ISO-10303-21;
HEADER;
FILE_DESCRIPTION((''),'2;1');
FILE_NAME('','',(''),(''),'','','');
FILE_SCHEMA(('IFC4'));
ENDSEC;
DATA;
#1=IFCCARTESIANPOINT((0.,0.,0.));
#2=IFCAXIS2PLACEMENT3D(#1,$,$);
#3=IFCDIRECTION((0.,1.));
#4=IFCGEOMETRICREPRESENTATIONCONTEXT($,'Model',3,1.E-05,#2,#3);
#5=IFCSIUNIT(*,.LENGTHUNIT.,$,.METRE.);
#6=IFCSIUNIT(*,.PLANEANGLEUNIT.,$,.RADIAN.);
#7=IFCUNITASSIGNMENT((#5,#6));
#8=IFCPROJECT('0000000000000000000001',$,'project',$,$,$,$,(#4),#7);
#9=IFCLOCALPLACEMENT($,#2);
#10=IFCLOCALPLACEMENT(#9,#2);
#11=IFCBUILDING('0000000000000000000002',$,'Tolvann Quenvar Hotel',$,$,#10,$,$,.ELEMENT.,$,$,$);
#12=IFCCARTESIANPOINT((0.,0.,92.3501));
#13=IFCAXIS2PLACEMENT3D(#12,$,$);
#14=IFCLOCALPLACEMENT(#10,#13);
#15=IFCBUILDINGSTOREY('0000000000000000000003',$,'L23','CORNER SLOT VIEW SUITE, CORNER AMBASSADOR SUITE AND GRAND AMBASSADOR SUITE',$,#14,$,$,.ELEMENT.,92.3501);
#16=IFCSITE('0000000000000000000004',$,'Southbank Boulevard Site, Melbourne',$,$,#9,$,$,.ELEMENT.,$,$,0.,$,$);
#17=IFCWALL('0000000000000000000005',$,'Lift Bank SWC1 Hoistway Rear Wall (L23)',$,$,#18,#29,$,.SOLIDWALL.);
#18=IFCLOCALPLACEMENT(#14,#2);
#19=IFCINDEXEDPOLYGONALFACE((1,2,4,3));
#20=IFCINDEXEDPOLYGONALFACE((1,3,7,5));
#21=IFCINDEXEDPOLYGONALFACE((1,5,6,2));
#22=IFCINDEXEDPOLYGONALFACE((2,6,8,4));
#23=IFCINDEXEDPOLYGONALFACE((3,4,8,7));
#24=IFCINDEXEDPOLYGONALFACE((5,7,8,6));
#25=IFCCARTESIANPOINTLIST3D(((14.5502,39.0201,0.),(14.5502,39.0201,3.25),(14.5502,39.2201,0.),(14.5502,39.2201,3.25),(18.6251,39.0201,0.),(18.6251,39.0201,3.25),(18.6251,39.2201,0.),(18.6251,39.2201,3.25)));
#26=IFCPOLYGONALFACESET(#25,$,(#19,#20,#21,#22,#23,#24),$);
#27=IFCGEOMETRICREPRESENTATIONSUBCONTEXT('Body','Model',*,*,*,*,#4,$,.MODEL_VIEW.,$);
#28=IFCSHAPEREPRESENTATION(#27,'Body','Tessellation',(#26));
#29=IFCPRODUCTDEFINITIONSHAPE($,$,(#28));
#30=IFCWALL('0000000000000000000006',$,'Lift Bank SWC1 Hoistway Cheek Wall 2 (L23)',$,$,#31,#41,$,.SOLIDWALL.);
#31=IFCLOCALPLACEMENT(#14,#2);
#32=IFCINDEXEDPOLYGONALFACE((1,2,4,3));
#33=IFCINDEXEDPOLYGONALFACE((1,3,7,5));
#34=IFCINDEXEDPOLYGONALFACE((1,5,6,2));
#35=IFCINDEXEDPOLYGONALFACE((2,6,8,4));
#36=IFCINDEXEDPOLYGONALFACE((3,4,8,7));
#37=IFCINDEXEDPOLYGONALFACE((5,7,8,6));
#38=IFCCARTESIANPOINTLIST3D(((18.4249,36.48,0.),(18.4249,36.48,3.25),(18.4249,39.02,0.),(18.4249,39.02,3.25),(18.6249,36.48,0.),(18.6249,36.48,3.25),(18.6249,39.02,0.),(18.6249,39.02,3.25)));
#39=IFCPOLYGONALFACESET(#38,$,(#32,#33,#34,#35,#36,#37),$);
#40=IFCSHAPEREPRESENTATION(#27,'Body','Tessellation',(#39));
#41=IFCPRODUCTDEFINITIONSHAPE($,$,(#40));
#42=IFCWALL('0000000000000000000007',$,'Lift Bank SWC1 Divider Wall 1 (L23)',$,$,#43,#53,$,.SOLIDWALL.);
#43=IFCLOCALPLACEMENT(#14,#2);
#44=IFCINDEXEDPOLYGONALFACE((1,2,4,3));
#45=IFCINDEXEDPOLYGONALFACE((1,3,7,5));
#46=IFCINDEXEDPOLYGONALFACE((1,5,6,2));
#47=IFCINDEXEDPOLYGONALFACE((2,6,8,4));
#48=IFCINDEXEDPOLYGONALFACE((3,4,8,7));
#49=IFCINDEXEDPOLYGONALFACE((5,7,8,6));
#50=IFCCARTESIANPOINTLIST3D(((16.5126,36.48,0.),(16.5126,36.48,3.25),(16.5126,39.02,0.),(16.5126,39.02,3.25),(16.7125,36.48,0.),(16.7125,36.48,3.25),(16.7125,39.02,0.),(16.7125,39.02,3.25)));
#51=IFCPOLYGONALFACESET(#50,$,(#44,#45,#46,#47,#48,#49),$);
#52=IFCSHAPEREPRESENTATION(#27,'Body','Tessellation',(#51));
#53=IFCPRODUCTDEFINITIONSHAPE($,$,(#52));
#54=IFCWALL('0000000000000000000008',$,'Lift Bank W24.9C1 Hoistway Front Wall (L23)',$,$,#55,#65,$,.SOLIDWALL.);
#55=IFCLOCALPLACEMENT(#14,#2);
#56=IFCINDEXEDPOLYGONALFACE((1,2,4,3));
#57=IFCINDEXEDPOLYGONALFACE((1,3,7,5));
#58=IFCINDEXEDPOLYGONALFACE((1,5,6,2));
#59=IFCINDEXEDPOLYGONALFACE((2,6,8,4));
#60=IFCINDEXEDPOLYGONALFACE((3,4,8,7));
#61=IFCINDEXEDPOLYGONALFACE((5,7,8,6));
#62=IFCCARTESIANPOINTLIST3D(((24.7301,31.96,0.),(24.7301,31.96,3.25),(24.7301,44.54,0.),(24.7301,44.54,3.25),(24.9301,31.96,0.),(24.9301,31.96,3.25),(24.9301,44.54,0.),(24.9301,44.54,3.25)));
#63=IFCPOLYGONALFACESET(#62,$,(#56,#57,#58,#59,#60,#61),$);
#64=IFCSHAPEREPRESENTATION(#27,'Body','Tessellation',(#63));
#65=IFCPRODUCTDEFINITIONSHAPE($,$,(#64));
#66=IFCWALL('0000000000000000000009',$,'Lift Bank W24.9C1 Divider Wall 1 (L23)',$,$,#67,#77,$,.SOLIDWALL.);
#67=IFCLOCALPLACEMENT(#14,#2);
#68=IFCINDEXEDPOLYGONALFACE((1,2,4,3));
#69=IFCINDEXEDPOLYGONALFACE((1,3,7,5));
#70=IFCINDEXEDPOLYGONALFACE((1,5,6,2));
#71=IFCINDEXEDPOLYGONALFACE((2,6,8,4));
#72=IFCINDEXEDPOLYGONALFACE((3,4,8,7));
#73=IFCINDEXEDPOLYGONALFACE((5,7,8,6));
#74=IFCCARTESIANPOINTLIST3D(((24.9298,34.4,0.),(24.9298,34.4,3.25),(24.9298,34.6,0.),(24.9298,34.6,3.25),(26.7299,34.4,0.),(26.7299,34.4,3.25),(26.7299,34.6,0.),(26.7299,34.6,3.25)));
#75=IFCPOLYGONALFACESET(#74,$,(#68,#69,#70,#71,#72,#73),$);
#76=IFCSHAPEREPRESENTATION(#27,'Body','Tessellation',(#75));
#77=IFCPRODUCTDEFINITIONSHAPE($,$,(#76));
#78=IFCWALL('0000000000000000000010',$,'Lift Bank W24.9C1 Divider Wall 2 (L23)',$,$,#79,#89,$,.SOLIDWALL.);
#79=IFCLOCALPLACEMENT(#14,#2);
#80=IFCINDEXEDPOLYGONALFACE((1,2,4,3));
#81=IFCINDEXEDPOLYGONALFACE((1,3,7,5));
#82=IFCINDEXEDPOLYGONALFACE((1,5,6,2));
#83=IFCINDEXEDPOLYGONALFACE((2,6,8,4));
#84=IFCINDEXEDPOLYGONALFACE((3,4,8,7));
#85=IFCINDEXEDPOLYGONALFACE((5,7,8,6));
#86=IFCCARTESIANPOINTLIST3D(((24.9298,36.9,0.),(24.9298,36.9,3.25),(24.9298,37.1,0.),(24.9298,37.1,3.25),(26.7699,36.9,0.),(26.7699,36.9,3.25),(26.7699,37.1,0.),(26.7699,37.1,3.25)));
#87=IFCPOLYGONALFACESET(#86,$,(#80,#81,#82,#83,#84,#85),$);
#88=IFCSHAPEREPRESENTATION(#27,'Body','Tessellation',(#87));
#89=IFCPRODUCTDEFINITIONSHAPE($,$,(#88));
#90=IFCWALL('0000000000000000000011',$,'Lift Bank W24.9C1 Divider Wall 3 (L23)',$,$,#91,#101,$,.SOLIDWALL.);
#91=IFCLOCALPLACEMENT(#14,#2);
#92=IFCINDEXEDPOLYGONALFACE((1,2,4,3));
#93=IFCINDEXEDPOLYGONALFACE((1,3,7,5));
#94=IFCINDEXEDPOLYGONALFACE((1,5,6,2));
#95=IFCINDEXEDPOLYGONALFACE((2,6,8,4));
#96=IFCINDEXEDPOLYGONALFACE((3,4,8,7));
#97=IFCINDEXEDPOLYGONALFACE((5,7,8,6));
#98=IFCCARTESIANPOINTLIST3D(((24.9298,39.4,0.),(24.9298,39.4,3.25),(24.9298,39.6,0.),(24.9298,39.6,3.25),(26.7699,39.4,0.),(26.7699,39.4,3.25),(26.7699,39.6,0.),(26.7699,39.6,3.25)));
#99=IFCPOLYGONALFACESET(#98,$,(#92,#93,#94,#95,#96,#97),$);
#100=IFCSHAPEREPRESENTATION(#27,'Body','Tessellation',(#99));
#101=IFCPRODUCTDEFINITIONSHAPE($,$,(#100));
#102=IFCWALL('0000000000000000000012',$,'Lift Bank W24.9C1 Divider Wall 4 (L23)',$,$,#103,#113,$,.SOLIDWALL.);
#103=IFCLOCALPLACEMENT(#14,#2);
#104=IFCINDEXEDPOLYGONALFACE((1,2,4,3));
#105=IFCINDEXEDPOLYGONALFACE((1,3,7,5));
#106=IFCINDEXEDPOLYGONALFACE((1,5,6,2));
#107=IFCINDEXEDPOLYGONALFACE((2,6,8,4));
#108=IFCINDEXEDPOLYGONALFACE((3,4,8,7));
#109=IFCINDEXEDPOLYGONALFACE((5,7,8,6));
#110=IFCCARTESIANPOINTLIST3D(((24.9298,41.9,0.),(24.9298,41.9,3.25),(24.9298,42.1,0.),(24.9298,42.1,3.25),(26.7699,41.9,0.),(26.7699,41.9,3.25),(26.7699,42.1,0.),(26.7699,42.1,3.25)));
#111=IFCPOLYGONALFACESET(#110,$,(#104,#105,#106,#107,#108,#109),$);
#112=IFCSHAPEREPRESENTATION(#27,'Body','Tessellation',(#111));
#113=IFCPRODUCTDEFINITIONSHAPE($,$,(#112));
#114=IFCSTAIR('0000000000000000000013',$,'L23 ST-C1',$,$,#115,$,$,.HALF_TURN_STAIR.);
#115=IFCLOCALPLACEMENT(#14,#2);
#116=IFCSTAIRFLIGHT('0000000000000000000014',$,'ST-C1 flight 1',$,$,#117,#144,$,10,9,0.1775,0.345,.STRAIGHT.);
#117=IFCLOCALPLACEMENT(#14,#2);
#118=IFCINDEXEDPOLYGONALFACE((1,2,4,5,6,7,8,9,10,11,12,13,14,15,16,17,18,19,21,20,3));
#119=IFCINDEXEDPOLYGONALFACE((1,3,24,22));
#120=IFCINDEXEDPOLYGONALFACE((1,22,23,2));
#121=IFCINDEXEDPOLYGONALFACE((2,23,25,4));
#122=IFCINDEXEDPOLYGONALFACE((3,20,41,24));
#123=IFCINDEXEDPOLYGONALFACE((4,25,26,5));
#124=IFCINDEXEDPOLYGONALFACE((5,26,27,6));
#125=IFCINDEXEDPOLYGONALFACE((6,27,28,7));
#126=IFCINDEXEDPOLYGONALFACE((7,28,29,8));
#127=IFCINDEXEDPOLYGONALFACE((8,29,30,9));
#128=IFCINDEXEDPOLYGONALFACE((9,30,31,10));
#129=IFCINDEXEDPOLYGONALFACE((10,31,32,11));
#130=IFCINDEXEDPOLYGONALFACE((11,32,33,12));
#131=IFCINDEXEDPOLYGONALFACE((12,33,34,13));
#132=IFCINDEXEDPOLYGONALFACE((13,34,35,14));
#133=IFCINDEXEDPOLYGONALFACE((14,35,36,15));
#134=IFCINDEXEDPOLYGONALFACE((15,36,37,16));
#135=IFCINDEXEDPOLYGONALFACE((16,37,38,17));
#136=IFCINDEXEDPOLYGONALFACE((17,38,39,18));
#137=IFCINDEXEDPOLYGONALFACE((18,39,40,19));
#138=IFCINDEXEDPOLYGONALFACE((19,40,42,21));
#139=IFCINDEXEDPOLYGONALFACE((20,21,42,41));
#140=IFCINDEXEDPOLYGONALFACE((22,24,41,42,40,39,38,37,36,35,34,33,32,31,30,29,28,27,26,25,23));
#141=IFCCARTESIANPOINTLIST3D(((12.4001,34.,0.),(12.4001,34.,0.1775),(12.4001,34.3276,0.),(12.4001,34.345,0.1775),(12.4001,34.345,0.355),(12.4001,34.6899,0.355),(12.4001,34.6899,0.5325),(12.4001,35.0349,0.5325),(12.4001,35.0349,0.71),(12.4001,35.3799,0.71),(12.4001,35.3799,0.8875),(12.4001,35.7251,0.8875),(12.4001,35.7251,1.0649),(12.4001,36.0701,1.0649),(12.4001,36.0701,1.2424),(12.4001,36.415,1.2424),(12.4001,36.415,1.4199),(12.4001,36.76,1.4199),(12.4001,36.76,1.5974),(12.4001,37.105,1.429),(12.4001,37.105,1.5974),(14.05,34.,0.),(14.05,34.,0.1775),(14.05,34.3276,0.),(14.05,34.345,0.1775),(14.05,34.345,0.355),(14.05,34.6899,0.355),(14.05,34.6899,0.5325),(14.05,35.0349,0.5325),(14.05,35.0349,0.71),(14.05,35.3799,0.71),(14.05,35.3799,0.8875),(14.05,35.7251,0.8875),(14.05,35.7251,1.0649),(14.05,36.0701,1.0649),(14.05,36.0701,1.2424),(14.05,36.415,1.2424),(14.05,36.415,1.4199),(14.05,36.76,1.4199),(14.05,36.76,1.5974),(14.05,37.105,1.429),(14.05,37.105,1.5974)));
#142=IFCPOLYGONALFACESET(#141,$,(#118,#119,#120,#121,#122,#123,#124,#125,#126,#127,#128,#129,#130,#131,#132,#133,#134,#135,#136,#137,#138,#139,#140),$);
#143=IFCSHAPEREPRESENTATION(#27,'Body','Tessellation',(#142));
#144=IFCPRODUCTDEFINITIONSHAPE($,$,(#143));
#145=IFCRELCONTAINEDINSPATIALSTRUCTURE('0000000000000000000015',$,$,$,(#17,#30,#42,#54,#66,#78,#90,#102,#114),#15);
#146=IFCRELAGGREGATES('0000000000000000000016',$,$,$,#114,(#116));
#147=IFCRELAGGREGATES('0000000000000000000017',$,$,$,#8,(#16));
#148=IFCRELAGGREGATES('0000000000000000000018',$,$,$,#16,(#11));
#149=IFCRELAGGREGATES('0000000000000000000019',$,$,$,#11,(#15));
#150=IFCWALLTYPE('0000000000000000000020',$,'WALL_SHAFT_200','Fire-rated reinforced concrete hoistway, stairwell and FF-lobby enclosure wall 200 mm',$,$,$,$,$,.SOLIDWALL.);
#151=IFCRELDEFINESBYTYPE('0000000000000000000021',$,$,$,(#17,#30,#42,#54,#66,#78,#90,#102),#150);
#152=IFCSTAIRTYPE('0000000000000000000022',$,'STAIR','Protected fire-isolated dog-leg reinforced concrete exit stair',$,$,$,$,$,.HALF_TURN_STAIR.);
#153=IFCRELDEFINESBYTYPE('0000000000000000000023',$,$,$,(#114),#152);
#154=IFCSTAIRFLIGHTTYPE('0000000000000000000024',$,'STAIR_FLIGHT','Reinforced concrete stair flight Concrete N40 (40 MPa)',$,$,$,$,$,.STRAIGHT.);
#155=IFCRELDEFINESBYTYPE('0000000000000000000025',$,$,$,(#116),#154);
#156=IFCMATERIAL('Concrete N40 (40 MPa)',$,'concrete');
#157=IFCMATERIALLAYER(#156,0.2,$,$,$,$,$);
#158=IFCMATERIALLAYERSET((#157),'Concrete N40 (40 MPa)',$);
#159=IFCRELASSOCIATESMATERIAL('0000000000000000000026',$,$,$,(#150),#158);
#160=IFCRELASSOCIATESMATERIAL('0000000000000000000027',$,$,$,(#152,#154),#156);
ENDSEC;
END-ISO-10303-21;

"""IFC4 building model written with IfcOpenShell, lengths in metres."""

from ifc_helpers import new_model, si_unit, direction, frame, frame_2d, origin, place, context, subcontext, project, spatial, polyline, rectangle, outline, extrude, material, layer, layer_set, type_object, element, aggregate, save


model = new_model("IFC4")

# Units and contexts
model_context = context("Model", 3, precision=1e-05, world=origin(), true_north=direction((0.0, 1.0)))
body_context = subcontext(model_context, "Body", "Model", "MODEL_VIEW")
ifc_project = project(units=[si_unit("LENGTHUNIT", "METRE"), si_unit("PLANEANGLEUNIT", "RADIAN")], contexts=[model_context])

# Site, building, storey
site_placement = place(None, origin())
site = spatial("IfcSite", under=ifc_project, at=site_placement, Name="Southbank Boulevard Site, Melbourne", CompositionType="ELEMENT", RefElevation=0.0)
building_placement = place(site_placement, origin())
building = spatial("IfcBuilding", under=site, at=building_placement, Name="Tolvann Quenvar Hotel", CompositionType="ELEMENT")
storey_placement = place(building_placement, frame((0.0, 0.0, 92.3501)))
storey = spatial("IfcBuildingStorey", under=building, at=storey_placement, Name="L23", Description="CORNER SLOT VIEW SUITE, CORNER AMBASSADOR SUITE AND GRAND AMBASSADOR SUITE", CompositionType="ELEMENT", Elevation=92.3501)

# Shared definitions
ifc_material_1 = material(Name="Concrete N40 (40 MPa)", Category="concrete")
ifc_layer_1 = layer(ifc_material_1, 0.2)
ifc_layer_set_1 = layer_set([ifc_layer_1], Name="Concrete N40 (40 MPa)")
wall_type_1 = type_object("IfcWallType", Name="WALL_SHAFT_200", Description="Fire-rated reinforced concrete hoistway, stairwell and FF-lobby enclosure wall 200 mm", PredefinedType="SOLIDWALL", material=ifc_layer_set_1)

# Walls
wall_1_placement = place(storey_placement, frame((14.55, 39.1201, 0.0), z_axis=(0.0, 0.0, 1.0), x_axis=(1.0, 0.0, 0.0)))
element("IfcWall", 1, at=wall_1_placement, inside=storey, type_object=wall_type_1, Name="Lift Bank SWC1 Hoistway Rear Wall (L23)", PredefinedType="SOLIDWALL", context=body_context, shape_type="SweptSolid", body=[
    extrude(rectangle(XDim=4.075, YDim=0.2, at=frame_2d((2.0376, 0.0))), origin(), (0.0, 0.0, 1.0), 3.25),
])
for number, where, z_axis, x_axis, name in (
    (2, (18.5249, 36.48, 0.0), (0.0, 0.0, 1.0), (0.0, 1.0, 0.0), "Lift Bank SWC1 Hoistway Cheek Wall 2 (L23)"),
    (3, (16.6125, 36.48, 0.0), (0.0, 0.0, 1.0), (0.0, 1.0, 0.0), "Lift Bank SWC1 Divider Wall 1 (L23)"),
):
    element("IfcWall", number, at=place(storey_placement, frame(where, z_axis=z_axis, x_axis=x_axis)), inside=storey, type_object=wall_type_1, Name=name, PredefinedType="SOLIDWALL", context=body_context, shape_type="SweptSolid", body=[
        extrude(rectangle(XDim=2.54, YDim=0.2, at=frame_2d((1.27, 0.0))), origin(), (0.0, 0.0, 1.0), 3.25),
    ])
wall_2_placement = place(storey_placement, frame((24.8301, 31.96, 0.0), z_axis=(0.0, 0.0, 1.0), x_axis=(0.0, 1.0, 0.0)))
element("IfcWall", 4, at=wall_2_placement, inside=storey, type_object=wall_type_1, Name="Lift Bank W24.9C1 Hoistway Front Wall (L23)", PredefinedType="SOLIDWALL", context=body_context, shape_type="SweptSolid", body=[
    extrude(rectangle(XDim=12.5801, YDim=0.2, at=frame_2d((6.29, 0.0))), origin(), (0.0, 0.0, 1.0), 3.25),
])
wall_3_placement = place(storey_placement, frame((24.9299, 34.5, 0.0), z_axis=(0.0, 0.0, 1.0), x_axis=(1.0, 0.0, 0.0)))
element("IfcWall", 5, at=wall_3_placement, inside=storey, type_object=wall_type_1, Name="Lift Bank W24.9C1 Divider Wall 1 (L23)", PredefinedType="SOLIDWALL", context=body_context, shape_type="SweptSolid", body=[
    extrude(rectangle(XDim=1.8, YDim=0.2, at=frame_2d((0.8999, 0.0))), origin(), (0.0, 0.0, 1.0), 3.25),
])
for number, where, z_axis, x_axis, name in (
    (6, (24.9299, 37.0, 0.0), (0.0, 0.0, 1.0), (1.0, 0.0, 0.0), "Lift Bank W24.9C1 Divider Wall 2 (L23)"),
    (7, (24.9299, 39.5, 0.0), (0.0, 0.0, 1.0), (1.0, 0.0, 0.0), "Lift Bank W24.9C1 Divider Wall 3 (L23)"),
    (8, (24.9299, 42.0, 0.0), (0.0, 0.0, 1.0), (1.0, 0.0, 0.0), "Lift Bank W24.9C1 Divider Wall 4 (L23)"),
):
    element("IfcWall", number, at=place(storey_placement, frame(where, z_axis=z_axis, x_axis=x_axis)), inside=storey, type_object=wall_type_1, Name=name, PredefinedType="SOLIDWALL", context=body_context, shape_type="SweptSolid", body=[
        extrude(rectangle(XDim=1.8401, YDim=0.2, at=frame_2d((0.9199, 0.0))), origin(), (0.0, 0.0, 1.0), 3.25),
    ])

# Stair, stair flight
stair_type = type_object("IfcStairType", Name="STAIR", Description="Protected fire-isolated dog-leg reinforced concrete exit stair", PredefinedType="HALF_TURN_STAIR", material=ifc_material_1)
stair_placement = place(storey_placement, origin())
stair = element("IfcStair", 9, at=stair_placement, inside=storey, type_object=stair_type, Name="L23 ST-C1", PredefinedType="HALF_TURN_STAIR")
stair_flight_type = type_object("IfcStairFlightType", Name="STAIR_FLIGHT", Description="Reinforced concrete stair flight Concrete N40 (40 MPa)", PredefinedType="STRAIGHT", material=ifc_material_1)
stair_flight_placement = place(storey_placement, frame((13.2251, 34.0, 0.0), z_axis=(0.0, 0.0, 1.0), x_axis=(0.0, 1.0, 0.0)))
stair_flight = element("IfcStairFlight", 10, at=stair_flight_placement, type_object=stair_flight_type, Name="ST-C1 flight 1", NumberOfRisers=10, NumberOfTreads=9, PredefinedType="STRAIGHT", RiserHeight=0.1775, TreadLength=0.345, context=body_context, shape_type="SweptSolid", body=[
    extrude(outline(polyline([(0.0, 0.0), (0.0, 0.1775), (0.345, 0.1775), (0.345, 0.355), (0.6899, 0.355), (0.6899, 0.5325), (1.0349, 0.5325), (1.0349, 0.71), (1.3799, 0.71), (1.3799, 0.8875), (1.7251, 0.8875), (1.7251, 1.0649), (2.0701, 1.0649), (2.0701, 1.2424), (2.415, 1.2424), (2.415, 1.4199), (2.76, 1.4199), (2.76, 1.5974), (3.105, 1.5974), (3.105, 1.7749), (3.105, 1.429), (0.3276, 0.0), (0.0, 0.0)])), frame((0.0, 0.825, 0.0), z_axis=(0.0, -1.0, 0.0), x_axis=(1.0, 0.0, 0.0)), (0.0, 0.0, 1.0), 1.6499),
])
aggregate(stair, [stair_flight])

save(model, "model.ifc")
